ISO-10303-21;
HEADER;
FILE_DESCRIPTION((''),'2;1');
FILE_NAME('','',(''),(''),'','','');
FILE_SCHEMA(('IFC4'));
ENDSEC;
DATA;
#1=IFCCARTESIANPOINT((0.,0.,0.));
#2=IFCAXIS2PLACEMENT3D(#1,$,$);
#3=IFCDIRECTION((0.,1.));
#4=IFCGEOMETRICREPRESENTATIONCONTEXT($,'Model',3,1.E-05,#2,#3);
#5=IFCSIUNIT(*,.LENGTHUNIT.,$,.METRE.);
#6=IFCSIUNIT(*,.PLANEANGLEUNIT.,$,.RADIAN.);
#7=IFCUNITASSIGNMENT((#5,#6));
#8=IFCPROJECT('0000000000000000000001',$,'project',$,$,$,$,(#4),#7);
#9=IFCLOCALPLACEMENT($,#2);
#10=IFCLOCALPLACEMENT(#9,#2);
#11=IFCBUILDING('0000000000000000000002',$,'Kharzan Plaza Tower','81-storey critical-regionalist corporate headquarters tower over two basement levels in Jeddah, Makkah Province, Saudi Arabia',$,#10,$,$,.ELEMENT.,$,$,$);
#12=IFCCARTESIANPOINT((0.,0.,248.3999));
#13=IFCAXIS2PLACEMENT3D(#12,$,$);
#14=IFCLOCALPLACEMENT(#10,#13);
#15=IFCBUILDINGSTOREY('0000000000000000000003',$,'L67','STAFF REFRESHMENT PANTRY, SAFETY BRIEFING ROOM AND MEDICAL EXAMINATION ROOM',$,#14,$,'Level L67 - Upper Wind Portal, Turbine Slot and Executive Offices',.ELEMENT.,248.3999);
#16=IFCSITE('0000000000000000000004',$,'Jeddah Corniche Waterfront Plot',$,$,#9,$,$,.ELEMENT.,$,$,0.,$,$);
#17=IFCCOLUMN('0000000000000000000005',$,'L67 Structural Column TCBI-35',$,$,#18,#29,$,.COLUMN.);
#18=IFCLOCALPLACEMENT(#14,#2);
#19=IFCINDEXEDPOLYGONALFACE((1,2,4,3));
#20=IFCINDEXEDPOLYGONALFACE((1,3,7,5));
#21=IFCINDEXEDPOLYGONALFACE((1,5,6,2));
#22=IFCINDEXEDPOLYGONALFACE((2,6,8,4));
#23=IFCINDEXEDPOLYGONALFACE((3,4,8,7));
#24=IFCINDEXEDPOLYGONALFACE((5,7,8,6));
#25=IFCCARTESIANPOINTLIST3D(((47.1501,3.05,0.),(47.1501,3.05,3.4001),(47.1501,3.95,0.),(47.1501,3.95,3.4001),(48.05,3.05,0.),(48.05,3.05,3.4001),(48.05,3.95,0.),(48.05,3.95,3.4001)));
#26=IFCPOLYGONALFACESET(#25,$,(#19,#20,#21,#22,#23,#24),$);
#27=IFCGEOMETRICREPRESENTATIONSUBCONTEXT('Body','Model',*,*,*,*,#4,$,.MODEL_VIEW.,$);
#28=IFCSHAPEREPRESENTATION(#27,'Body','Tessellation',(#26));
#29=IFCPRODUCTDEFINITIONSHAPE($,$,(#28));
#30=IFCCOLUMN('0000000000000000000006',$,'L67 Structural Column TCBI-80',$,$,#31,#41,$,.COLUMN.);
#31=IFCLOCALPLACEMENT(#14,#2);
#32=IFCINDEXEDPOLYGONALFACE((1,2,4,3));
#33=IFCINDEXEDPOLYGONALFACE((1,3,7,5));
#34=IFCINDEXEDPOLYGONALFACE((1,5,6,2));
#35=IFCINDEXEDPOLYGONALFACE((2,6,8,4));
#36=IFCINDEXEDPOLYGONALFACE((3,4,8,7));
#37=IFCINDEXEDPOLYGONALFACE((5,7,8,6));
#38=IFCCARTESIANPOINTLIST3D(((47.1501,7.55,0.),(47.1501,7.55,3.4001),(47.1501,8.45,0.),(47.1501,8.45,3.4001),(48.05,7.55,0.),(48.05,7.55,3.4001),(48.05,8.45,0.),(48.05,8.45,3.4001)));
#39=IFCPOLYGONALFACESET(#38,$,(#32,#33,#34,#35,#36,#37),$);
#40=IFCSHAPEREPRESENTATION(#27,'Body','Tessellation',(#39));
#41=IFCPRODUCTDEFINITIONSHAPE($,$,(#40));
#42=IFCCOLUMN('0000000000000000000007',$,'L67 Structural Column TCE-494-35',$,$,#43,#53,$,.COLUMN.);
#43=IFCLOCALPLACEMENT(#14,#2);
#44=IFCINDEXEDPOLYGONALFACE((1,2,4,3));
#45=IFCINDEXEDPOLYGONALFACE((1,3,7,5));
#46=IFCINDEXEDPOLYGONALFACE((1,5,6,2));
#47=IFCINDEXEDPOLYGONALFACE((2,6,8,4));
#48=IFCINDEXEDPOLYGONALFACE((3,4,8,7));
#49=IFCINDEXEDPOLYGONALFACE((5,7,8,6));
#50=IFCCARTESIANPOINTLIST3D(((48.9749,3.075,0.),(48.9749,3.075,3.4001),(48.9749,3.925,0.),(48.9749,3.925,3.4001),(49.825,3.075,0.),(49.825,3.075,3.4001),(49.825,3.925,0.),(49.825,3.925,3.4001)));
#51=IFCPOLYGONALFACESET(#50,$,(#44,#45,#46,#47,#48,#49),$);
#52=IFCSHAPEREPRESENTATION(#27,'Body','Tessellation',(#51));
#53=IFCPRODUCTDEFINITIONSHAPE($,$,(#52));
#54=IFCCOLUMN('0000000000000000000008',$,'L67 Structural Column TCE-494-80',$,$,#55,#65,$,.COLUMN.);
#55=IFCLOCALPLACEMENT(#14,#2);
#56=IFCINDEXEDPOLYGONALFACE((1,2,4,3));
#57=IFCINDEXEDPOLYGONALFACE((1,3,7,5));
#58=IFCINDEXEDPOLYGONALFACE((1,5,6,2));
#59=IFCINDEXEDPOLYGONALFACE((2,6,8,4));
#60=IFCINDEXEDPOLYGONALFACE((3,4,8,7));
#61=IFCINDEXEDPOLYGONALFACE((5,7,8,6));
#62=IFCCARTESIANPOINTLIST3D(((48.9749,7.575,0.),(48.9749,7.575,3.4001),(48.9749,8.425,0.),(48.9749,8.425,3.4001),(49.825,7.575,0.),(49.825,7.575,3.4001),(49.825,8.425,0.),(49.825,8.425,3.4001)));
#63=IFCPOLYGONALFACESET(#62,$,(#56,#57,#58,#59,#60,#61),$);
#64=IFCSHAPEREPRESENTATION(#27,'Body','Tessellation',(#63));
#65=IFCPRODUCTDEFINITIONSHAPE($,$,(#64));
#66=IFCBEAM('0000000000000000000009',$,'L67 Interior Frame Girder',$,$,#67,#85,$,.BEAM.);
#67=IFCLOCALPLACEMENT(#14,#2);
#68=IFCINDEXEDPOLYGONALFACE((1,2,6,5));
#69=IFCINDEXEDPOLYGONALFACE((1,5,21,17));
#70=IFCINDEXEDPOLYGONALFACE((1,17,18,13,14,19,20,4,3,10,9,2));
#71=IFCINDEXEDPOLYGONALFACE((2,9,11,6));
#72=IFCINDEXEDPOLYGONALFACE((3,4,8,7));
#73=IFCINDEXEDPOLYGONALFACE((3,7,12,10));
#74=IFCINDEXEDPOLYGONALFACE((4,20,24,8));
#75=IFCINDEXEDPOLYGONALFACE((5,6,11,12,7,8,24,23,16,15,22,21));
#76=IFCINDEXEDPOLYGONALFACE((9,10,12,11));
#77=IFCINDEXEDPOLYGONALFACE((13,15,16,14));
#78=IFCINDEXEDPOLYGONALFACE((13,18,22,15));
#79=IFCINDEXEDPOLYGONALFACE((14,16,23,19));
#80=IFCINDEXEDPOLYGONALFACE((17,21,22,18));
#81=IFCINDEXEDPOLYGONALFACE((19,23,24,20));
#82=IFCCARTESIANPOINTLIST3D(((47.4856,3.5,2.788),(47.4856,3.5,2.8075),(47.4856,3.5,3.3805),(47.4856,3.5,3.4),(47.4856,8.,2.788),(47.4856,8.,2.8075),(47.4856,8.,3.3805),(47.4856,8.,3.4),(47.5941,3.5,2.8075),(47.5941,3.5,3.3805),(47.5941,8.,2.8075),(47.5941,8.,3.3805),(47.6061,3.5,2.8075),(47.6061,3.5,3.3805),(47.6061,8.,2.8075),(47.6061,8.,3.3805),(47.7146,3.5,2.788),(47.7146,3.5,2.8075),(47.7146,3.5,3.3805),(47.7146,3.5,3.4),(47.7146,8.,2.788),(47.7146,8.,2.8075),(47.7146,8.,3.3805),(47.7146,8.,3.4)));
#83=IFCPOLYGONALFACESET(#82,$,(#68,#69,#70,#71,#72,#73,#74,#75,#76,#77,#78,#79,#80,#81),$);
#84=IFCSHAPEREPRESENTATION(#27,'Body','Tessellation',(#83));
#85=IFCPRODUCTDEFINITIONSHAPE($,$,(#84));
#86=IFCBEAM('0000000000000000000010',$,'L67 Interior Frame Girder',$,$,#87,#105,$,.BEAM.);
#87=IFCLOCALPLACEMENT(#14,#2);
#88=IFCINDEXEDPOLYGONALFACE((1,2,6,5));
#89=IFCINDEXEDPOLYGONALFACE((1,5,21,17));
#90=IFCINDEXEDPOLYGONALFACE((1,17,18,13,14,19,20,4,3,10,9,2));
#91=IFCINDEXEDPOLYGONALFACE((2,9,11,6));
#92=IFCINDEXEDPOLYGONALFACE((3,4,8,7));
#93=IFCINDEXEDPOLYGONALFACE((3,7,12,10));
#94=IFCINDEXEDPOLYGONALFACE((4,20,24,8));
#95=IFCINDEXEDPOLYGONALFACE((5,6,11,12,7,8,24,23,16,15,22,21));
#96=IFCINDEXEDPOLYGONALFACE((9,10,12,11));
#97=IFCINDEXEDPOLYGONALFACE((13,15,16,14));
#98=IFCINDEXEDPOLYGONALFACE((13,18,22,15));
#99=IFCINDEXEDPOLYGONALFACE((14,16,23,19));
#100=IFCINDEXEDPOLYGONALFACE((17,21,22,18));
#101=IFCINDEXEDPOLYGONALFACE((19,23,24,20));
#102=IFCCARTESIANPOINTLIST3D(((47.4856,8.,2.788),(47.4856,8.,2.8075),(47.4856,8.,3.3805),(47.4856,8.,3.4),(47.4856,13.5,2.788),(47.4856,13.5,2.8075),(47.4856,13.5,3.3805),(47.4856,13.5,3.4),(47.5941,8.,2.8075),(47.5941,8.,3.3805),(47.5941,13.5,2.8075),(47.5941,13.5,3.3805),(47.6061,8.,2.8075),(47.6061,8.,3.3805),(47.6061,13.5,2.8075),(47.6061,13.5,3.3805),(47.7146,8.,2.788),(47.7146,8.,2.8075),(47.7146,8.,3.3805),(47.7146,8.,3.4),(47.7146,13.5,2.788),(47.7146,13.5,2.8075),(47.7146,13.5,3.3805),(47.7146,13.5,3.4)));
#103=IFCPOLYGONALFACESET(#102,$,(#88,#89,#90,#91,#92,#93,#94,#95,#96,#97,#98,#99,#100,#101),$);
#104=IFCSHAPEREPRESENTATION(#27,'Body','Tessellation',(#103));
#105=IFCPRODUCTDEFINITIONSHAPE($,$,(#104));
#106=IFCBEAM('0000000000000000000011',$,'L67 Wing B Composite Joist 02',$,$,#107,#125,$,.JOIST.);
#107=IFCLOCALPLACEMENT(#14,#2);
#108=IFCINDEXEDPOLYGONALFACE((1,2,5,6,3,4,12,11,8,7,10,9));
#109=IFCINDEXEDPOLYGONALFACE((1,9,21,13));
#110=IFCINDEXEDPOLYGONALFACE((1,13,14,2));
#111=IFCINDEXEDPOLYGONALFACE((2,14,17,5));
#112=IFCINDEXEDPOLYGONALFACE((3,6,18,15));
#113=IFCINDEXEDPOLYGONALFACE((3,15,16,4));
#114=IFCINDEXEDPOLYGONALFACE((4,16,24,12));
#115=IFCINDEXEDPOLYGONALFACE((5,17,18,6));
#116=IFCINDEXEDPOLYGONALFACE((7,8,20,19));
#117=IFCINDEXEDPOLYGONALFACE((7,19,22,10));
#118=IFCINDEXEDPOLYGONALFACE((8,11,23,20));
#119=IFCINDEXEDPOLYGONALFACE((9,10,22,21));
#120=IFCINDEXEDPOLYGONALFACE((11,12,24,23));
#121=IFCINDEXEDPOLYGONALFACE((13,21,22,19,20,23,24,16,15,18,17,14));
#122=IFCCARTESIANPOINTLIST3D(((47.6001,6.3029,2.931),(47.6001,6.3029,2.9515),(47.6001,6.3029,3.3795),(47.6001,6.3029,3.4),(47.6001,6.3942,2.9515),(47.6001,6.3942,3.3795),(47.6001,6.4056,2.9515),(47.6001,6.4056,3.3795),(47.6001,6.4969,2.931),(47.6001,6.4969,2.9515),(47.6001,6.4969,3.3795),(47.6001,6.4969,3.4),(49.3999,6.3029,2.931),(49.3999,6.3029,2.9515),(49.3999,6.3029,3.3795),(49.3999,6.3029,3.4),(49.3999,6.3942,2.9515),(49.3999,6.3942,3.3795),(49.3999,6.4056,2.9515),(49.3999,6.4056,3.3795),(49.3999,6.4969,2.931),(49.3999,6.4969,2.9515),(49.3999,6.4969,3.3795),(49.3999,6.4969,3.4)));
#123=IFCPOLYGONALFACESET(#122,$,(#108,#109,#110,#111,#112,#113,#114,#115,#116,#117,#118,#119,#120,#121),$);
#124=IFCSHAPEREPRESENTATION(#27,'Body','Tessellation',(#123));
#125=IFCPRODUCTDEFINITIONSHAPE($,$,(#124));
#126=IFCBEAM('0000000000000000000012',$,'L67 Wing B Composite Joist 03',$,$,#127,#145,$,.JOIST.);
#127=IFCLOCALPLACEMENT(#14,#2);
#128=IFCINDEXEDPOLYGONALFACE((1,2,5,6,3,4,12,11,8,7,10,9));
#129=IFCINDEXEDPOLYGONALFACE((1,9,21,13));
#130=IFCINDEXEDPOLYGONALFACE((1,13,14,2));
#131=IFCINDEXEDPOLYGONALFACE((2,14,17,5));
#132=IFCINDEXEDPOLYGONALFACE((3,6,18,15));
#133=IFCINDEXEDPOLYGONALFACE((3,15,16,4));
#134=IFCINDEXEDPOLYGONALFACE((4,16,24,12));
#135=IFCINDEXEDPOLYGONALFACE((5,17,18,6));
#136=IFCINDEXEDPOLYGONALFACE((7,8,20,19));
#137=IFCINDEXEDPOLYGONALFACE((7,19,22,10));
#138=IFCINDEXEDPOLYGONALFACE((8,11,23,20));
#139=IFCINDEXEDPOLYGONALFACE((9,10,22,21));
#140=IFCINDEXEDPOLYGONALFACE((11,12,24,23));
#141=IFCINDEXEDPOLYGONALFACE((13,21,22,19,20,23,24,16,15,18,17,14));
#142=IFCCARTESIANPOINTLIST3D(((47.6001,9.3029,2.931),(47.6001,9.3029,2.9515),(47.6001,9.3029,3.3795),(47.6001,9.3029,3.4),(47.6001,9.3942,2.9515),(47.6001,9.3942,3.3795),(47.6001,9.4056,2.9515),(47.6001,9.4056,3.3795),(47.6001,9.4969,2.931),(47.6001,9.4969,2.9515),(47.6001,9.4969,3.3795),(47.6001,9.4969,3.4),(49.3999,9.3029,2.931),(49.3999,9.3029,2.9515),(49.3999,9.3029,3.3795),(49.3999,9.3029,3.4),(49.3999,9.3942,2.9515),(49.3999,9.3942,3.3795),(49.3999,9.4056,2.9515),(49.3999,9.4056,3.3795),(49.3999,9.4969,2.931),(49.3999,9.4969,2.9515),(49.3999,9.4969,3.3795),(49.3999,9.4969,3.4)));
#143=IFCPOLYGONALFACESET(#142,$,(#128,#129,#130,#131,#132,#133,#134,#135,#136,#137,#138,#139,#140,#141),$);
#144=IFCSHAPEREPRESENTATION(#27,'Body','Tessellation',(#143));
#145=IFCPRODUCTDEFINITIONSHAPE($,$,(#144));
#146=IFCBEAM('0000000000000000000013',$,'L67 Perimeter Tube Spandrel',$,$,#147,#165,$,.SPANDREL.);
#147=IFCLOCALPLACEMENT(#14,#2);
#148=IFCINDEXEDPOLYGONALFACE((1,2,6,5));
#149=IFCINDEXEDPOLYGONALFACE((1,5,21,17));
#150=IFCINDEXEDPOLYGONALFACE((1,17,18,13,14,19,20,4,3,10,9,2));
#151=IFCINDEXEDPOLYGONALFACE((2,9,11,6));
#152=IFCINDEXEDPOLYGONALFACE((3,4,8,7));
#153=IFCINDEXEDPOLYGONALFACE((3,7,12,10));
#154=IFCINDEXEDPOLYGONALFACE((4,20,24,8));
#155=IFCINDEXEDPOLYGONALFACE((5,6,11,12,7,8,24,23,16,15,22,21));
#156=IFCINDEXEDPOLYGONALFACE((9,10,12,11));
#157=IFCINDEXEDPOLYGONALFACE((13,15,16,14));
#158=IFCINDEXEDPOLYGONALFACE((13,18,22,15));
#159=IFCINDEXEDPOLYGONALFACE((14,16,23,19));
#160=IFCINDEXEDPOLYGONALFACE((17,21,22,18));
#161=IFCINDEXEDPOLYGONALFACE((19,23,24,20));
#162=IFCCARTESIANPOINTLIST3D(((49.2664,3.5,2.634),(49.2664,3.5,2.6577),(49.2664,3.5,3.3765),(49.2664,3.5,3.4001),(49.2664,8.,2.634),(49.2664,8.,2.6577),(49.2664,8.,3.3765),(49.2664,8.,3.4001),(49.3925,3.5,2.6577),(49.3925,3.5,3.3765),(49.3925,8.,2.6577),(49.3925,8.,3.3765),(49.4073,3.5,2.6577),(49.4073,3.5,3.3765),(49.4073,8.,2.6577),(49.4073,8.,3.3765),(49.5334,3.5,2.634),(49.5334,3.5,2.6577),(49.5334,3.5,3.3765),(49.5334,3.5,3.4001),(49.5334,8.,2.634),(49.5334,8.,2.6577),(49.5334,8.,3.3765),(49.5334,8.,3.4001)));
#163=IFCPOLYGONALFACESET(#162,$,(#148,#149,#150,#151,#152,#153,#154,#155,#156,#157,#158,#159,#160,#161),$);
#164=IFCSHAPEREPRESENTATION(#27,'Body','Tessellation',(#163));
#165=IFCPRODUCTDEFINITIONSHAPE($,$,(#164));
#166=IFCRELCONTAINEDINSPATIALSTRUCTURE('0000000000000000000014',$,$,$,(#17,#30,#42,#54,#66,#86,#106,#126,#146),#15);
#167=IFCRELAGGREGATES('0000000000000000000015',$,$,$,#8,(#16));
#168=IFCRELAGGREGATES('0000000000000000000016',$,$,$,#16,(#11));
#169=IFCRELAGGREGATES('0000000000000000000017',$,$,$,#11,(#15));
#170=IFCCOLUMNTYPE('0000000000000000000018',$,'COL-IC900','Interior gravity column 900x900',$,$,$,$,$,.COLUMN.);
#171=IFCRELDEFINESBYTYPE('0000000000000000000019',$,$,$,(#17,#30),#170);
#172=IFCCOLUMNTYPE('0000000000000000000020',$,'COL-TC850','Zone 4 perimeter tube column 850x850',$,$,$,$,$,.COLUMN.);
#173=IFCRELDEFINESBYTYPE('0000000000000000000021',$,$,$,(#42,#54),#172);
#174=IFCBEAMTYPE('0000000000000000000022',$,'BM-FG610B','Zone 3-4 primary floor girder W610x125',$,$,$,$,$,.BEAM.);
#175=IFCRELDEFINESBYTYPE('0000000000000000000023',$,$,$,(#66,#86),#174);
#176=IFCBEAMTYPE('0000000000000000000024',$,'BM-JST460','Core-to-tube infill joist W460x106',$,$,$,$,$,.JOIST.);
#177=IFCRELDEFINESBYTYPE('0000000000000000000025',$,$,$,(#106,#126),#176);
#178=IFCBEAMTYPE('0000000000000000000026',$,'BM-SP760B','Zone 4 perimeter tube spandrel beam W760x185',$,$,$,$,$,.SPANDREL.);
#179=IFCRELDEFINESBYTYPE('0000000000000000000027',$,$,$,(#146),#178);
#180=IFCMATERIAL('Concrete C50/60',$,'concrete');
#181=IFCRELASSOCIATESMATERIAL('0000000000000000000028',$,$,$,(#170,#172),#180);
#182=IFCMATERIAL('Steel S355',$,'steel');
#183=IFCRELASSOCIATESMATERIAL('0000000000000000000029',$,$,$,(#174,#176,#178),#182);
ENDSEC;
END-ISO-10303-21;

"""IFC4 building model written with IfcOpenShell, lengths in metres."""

from ifc_helpers import new_model, si_unit, direction, frame, origin, origin_2d, place, context, subcontext, project, spatial, rectangle, i_section, extrude, source, transform, mapped, material, material_profile, profile_set, type_object, element, save


model = new_model("IFC4")

# Units and contexts
model_context = context("Model", 3, precision=1e-05, world=origin(), true_north=direction((0.0, 1.0)))
body_context = subcontext(model_context, "Body", "Model", "MODEL_VIEW")
ifc_project = project(units=[si_unit("LENGTHUNIT", "METRE"), si_unit("PLANEANGLEUNIT", "RADIAN")], contexts=[model_context])

# Site, building, storey
site_placement = place(None, origin())
site = spatial("IfcSite", under=ifc_project, at=site_placement, Name="Jeddah Corniche Waterfront Plot", CompositionType="ELEMENT", RefElevation=0.0)
building_placement = place(site_placement, origin())
building = spatial("IfcBuilding", under=site, at=building_placement, Name="Kharzan Plaza Tower", Description="81-storey critical-regionalist corporate headquarters tower over two basement levels in Jeddah, Makkah Province, Saudi Arabia", CompositionType="ELEMENT")
storey_placement = place(building_placement, frame((0.0, 0.0, 248.3999)))
storey = spatial("IfcBuildingStorey", under=building, at=storey_placement, Name="L67", Description="STAFF REFRESHMENT PANTRY, SAFETY BRIEFING ROOM AND MEDICAL EXAMINATION ROOM", LongName="Level L67 - Upper Wind Portal, Turbine Slot and Executive Offices", CompositionType="ELEMENT", Elevation=248.3999)

# Columns
ifc_material_1 = material(Name="Concrete C50/60", Category="concrete")
ifc_material_profile_1 = material_profile(ifc_material_1, rectangle(XDim=0.8999, YDim=0.8999, at=origin_2d()), Name="RC-IC900x900")
ifc_profile_set_1 = profile_set([ifc_material_profile_1], Name="Concrete C50/60")
column_type_1 = type_object("IfcColumnType", Name="COL-IC900", Description="Interior gravity column 900x900", PredefinedType="COLUMN", material=ifc_profile_set_1)
shared_shape_1 = source(origin(), body_context, "Body", "SweptSolid", [
    extrude(rectangle(XDim=0.8999, YDim=0.8999, at=origin_2d()), origin(), (0.0, 0.0, 1.0), 3.4001),
])
for number, where, z_axis, x_axis, name in (
    (1, (47.6001, 3.5, 0.0), (0.0, 0.0, 1.0), (1.0, 0.0, 0.0), "L67 Structural Column TCBI-35"),
    (2, (47.6001, 8.0, 0.0), (0.0, 0.0, 1.0), (1.0, 0.0, 0.0), "L67 Structural Column TCBI-80"),
):
    element("IfcColumn", number, at=place(storey_placement, frame(where, z_axis=z_axis, x_axis=x_axis)), inside=storey, type_object=column_type_1, Name=name, PredefinedType="COLUMN", context=body_context, shape_type="MappedRepresentation", body=[
        mapped(shared_shape_1, transform((0.0, 0.0, 0.0), x_axis=(1.0, 0.0, 0.0), y_axis=(0.0, 1.0, 0.0), z_axis=(0.0, 0.0, 1.0))),
    ])
ifc_material_profile_2 = material_profile(ifc_material_1, rectangle(XDim=0.8501, YDim=0.8501, at=origin_2d()), Name="RC-TC850x850")
ifc_profile_set_2 = profile_set([ifc_material_profile_2], Name="Concrete C50/60")
column_type_2 = type_object("IfcColumnType", Name="COL-TC850", Description="Zone 4 perimeter tube column 850x850", PredefinedType="COLUMN", material=ifc_profile_set_2)
shared_shape_2 = source(origin(), body_context, "Body", "SweptSolid", [
    extrude(rectangle(XDim=0.8501, YDim=0.8501, at=origin_2d()), origin(), (0.0, 0.0, 1.0), 3.4001),
])
for number, where, z_axis, x_axis, name in (
    (3, (49.3999, 3.5, 0.0), (0.0, 0.0, 1.0), (1.0, 0.0, 0.0), "L67 Structural Column TCE-494-35"),
    (4, (49.3999, 8.0, 0.0), (0.0, 0.0, 1.0), (1.0, 0.0, 0.0), "L67 Structural Column TCE-494-80"),
):
    element("IfcColumn", number, at=place(storey_placement, frame(where, z_axis=z_axis, x_axis=x_axis)), inside=storey, type_object=column_type_2, Name=name, PredefinedType="COLUMN", context=body_context, shape_type="MappedRepresentation", body=[
        mapped(shared_shape_2, transform((0.0, 0.0, 0.0), x_axis=(1.0, 0.0, 0.0), y_axis=(0.0, 1.0, 0.0), z_axis=(0.0, 0.0, 1.0))),
    ])

# Beams
ifc_material_2 = material(Name="Steel S355", Category="steel")
ifc_material_profile_3 = material_profile(ifc_material_2, i_section(OverallWidth=0.229, OverallDepth=0.6121, WebThickness=0.012, FlangeThickness=0.0195, at=origin_2d()), Name="W610x125")
ifc_profile_set_3 = profile_set([ifc_material_profile_3], Name="Steel S355")
beam_type_1 = type_object("IfcBeamType", Name="BM-FG610B", Description="Zone 3-4 primary floor girder W610x125", PredefinedType="BEAM", material=ifc_profile_set_3)
shared_shape_3 = source(origin(), body_context, "Body", "SweptSolid", [
    extrude(i_section(OverallWidth=0.229, OverallDepth=0.6121, WebThickness=0.012, FlangeThickness=0.0195, at=origin_2d()), origin(), (0.0, 0.0, 1.0), 4.5),
])
beam_1_placement = place(storey_placement, frame((47.6001, 3.5, 3.094), z_axis=(0.0, 1.0, 0.0), x_axis=(-1.0, 0.0, 0.0)))
element("IfcBeam", 5, at=beam_1_placement, inside=storey, type_object=beam_type_1, Name="L67 Interior Frame Girder", PredefinedType="BEAM", context=body_context, shape_type="MappedRepresentation", body=[
    mapped(shared_shape_3, transform((0.0, 0.0, 0.0), x_axis=(1.0, 0.0, 0.0), y_axis=(0.0, 1.0, 0.0), z_axis=(0.0, 0.0, 1.0))),
])
shared_shape_4 = source(origin(), body_context, "Body", "SweptSolid", [
    extrude(i_section(OverallWidth=0.229, OverallDepth=0.6121, WebThickness=0.012, FlangeThickness=0.0195, at=origin_2d()), origin(), (0.0, 0.0, 1.0), 5.5),
])
beam_2_placement = place(storey_placement, frame((47.6001, 8.0, 3.094), z_axis=(0.0, 1.0, 0.0), x_axis=(-1.0, 0.0, 0.0)))
element("IfcBeam", 6, at=beam_2_placement, inside=storey, type_object=beam_type_1, Name="L67 Interior Frame Girder", PredefinedType="BEAM", context=body_context, shape_type="MappedRepresentation", body=[
    mapped(shared_shape_4, transform((0.0, 0.0, 0.0), x_axis=(1.0, 0.0, 0.0), y_axis=(0.0, 1.0, 0.0), z_axis=(0.0, 0.0, 1.0))),
])
ifc_material_profile_4 = material_profile(ifc_material_2, i_section(OverallWidth=0.1941, OverallDepth=0.469, WebThickness=0.0115, FlangeThickness=0.0205, at=origin_2d()), Name="W460x106")
ifc_profile_set_4 = profile_set([ifc_material_profile_4], Name="Steel S355")
beam_type_2 = type_object("IfcBeamType", Name="BM-JST460", Description="Core-to-tube infill joist W460x106", PredefinedType="JOIST", material=ifc_profile_set_4)
shared_shape_5 = source(origin(), body_context, "Body", "SweptSolid", [
    extrude(i_section(OverallWidth=0.1941, OverallDepth=0.469, WebThickness=0.0115, FlangeThickness=0.0205, at=origin_2d()), origin(), (0.0, 0.0, 1.0), 1.7998),
])
for number, where, z_axis, x_axis, name in (
    (7, (47.6001, 6.3999, 3.1655), (1.0, 0.0, 0.0), (0.0, 1.0, 0.0), "L67 Wing B Composite Joist 02"),
    (8, (47.6001, 9.3999, 3.1655), (1.0, 0.0, 0.0), (0.0, 1.0, 0.0), "L67 Wing B Composite Joist 03"),
):
    element("IfcBeam", number, at=place(storey_placement, frame(where, z_axis=z_axis, x_axis=x_axis)), inside=storey, type_object=beam_type_2, Name=name, PredefinedType="JOIST", context=body_context, shape_type="MappedRepresentation", body=[
        mapped(shared_shape_5, transform((0.0, 0.0, 0.0), x_axis=(1.0, 0.0, 0.0), y_axis=(0.0, 1.0, 0.0), z_axis=(0.0, 0.0, 1.0))),
    ])
ifc_material_profile_5 = material_profile(ifc_material_2, i_section(OverallWidth=0.2671, OverallDepth=0.7661, WebThickness=0.0149, FlangeThickness=0.0237, at=origin_2d()), Name="W760x185")
ifc_profile_set_5 = profile_set([ifc_material_profile_5], Name="Steel S355")
beam_type_3 = type_object("IfcBeamType", Name="BM-SP760B", Description="Zone 4 perimeter tube spandrel beam W760x185", PredefinedType="SPANDREL", material=ifc_profile_set_5)
shared_shape_6 = source(origin(), body_context, "Body", "SweptSolid", [
    extrude(i_section(OverallWidth=0.2671, OverallDepth=0.7661, WebThickness=0.0149, FlangeThickness=0.0237, at=origin_2d()), origin(), (0.0, 0.0, 1.0), 4.5),
])
beam_3_placement = place(storey_placement, frame((49.3999, 3.5, 3.0171), z_axis=(0.0, 1.0, 0.0), x_axis=(-1.0, 0.0, 0.0)))
element("IfcBeam", 9, at=beam_3_placement, inside=storey, type_object=beam_type_3, Name="L67 Perimeter Tube Spandrel", PredefinedType="SPANDREL", context=body_context, shape_type="MappedRepresentation", body=[
    mapped(shared_shape_6, transform((0.0, 0.0, 0.0), x_axis=(1.0, 0.0, 0.0), y_axis=(0.0, 1.0, 0.0), z_axis=(0.0, 0.0, 1.0))),
])

save(model, "model.ifc")
